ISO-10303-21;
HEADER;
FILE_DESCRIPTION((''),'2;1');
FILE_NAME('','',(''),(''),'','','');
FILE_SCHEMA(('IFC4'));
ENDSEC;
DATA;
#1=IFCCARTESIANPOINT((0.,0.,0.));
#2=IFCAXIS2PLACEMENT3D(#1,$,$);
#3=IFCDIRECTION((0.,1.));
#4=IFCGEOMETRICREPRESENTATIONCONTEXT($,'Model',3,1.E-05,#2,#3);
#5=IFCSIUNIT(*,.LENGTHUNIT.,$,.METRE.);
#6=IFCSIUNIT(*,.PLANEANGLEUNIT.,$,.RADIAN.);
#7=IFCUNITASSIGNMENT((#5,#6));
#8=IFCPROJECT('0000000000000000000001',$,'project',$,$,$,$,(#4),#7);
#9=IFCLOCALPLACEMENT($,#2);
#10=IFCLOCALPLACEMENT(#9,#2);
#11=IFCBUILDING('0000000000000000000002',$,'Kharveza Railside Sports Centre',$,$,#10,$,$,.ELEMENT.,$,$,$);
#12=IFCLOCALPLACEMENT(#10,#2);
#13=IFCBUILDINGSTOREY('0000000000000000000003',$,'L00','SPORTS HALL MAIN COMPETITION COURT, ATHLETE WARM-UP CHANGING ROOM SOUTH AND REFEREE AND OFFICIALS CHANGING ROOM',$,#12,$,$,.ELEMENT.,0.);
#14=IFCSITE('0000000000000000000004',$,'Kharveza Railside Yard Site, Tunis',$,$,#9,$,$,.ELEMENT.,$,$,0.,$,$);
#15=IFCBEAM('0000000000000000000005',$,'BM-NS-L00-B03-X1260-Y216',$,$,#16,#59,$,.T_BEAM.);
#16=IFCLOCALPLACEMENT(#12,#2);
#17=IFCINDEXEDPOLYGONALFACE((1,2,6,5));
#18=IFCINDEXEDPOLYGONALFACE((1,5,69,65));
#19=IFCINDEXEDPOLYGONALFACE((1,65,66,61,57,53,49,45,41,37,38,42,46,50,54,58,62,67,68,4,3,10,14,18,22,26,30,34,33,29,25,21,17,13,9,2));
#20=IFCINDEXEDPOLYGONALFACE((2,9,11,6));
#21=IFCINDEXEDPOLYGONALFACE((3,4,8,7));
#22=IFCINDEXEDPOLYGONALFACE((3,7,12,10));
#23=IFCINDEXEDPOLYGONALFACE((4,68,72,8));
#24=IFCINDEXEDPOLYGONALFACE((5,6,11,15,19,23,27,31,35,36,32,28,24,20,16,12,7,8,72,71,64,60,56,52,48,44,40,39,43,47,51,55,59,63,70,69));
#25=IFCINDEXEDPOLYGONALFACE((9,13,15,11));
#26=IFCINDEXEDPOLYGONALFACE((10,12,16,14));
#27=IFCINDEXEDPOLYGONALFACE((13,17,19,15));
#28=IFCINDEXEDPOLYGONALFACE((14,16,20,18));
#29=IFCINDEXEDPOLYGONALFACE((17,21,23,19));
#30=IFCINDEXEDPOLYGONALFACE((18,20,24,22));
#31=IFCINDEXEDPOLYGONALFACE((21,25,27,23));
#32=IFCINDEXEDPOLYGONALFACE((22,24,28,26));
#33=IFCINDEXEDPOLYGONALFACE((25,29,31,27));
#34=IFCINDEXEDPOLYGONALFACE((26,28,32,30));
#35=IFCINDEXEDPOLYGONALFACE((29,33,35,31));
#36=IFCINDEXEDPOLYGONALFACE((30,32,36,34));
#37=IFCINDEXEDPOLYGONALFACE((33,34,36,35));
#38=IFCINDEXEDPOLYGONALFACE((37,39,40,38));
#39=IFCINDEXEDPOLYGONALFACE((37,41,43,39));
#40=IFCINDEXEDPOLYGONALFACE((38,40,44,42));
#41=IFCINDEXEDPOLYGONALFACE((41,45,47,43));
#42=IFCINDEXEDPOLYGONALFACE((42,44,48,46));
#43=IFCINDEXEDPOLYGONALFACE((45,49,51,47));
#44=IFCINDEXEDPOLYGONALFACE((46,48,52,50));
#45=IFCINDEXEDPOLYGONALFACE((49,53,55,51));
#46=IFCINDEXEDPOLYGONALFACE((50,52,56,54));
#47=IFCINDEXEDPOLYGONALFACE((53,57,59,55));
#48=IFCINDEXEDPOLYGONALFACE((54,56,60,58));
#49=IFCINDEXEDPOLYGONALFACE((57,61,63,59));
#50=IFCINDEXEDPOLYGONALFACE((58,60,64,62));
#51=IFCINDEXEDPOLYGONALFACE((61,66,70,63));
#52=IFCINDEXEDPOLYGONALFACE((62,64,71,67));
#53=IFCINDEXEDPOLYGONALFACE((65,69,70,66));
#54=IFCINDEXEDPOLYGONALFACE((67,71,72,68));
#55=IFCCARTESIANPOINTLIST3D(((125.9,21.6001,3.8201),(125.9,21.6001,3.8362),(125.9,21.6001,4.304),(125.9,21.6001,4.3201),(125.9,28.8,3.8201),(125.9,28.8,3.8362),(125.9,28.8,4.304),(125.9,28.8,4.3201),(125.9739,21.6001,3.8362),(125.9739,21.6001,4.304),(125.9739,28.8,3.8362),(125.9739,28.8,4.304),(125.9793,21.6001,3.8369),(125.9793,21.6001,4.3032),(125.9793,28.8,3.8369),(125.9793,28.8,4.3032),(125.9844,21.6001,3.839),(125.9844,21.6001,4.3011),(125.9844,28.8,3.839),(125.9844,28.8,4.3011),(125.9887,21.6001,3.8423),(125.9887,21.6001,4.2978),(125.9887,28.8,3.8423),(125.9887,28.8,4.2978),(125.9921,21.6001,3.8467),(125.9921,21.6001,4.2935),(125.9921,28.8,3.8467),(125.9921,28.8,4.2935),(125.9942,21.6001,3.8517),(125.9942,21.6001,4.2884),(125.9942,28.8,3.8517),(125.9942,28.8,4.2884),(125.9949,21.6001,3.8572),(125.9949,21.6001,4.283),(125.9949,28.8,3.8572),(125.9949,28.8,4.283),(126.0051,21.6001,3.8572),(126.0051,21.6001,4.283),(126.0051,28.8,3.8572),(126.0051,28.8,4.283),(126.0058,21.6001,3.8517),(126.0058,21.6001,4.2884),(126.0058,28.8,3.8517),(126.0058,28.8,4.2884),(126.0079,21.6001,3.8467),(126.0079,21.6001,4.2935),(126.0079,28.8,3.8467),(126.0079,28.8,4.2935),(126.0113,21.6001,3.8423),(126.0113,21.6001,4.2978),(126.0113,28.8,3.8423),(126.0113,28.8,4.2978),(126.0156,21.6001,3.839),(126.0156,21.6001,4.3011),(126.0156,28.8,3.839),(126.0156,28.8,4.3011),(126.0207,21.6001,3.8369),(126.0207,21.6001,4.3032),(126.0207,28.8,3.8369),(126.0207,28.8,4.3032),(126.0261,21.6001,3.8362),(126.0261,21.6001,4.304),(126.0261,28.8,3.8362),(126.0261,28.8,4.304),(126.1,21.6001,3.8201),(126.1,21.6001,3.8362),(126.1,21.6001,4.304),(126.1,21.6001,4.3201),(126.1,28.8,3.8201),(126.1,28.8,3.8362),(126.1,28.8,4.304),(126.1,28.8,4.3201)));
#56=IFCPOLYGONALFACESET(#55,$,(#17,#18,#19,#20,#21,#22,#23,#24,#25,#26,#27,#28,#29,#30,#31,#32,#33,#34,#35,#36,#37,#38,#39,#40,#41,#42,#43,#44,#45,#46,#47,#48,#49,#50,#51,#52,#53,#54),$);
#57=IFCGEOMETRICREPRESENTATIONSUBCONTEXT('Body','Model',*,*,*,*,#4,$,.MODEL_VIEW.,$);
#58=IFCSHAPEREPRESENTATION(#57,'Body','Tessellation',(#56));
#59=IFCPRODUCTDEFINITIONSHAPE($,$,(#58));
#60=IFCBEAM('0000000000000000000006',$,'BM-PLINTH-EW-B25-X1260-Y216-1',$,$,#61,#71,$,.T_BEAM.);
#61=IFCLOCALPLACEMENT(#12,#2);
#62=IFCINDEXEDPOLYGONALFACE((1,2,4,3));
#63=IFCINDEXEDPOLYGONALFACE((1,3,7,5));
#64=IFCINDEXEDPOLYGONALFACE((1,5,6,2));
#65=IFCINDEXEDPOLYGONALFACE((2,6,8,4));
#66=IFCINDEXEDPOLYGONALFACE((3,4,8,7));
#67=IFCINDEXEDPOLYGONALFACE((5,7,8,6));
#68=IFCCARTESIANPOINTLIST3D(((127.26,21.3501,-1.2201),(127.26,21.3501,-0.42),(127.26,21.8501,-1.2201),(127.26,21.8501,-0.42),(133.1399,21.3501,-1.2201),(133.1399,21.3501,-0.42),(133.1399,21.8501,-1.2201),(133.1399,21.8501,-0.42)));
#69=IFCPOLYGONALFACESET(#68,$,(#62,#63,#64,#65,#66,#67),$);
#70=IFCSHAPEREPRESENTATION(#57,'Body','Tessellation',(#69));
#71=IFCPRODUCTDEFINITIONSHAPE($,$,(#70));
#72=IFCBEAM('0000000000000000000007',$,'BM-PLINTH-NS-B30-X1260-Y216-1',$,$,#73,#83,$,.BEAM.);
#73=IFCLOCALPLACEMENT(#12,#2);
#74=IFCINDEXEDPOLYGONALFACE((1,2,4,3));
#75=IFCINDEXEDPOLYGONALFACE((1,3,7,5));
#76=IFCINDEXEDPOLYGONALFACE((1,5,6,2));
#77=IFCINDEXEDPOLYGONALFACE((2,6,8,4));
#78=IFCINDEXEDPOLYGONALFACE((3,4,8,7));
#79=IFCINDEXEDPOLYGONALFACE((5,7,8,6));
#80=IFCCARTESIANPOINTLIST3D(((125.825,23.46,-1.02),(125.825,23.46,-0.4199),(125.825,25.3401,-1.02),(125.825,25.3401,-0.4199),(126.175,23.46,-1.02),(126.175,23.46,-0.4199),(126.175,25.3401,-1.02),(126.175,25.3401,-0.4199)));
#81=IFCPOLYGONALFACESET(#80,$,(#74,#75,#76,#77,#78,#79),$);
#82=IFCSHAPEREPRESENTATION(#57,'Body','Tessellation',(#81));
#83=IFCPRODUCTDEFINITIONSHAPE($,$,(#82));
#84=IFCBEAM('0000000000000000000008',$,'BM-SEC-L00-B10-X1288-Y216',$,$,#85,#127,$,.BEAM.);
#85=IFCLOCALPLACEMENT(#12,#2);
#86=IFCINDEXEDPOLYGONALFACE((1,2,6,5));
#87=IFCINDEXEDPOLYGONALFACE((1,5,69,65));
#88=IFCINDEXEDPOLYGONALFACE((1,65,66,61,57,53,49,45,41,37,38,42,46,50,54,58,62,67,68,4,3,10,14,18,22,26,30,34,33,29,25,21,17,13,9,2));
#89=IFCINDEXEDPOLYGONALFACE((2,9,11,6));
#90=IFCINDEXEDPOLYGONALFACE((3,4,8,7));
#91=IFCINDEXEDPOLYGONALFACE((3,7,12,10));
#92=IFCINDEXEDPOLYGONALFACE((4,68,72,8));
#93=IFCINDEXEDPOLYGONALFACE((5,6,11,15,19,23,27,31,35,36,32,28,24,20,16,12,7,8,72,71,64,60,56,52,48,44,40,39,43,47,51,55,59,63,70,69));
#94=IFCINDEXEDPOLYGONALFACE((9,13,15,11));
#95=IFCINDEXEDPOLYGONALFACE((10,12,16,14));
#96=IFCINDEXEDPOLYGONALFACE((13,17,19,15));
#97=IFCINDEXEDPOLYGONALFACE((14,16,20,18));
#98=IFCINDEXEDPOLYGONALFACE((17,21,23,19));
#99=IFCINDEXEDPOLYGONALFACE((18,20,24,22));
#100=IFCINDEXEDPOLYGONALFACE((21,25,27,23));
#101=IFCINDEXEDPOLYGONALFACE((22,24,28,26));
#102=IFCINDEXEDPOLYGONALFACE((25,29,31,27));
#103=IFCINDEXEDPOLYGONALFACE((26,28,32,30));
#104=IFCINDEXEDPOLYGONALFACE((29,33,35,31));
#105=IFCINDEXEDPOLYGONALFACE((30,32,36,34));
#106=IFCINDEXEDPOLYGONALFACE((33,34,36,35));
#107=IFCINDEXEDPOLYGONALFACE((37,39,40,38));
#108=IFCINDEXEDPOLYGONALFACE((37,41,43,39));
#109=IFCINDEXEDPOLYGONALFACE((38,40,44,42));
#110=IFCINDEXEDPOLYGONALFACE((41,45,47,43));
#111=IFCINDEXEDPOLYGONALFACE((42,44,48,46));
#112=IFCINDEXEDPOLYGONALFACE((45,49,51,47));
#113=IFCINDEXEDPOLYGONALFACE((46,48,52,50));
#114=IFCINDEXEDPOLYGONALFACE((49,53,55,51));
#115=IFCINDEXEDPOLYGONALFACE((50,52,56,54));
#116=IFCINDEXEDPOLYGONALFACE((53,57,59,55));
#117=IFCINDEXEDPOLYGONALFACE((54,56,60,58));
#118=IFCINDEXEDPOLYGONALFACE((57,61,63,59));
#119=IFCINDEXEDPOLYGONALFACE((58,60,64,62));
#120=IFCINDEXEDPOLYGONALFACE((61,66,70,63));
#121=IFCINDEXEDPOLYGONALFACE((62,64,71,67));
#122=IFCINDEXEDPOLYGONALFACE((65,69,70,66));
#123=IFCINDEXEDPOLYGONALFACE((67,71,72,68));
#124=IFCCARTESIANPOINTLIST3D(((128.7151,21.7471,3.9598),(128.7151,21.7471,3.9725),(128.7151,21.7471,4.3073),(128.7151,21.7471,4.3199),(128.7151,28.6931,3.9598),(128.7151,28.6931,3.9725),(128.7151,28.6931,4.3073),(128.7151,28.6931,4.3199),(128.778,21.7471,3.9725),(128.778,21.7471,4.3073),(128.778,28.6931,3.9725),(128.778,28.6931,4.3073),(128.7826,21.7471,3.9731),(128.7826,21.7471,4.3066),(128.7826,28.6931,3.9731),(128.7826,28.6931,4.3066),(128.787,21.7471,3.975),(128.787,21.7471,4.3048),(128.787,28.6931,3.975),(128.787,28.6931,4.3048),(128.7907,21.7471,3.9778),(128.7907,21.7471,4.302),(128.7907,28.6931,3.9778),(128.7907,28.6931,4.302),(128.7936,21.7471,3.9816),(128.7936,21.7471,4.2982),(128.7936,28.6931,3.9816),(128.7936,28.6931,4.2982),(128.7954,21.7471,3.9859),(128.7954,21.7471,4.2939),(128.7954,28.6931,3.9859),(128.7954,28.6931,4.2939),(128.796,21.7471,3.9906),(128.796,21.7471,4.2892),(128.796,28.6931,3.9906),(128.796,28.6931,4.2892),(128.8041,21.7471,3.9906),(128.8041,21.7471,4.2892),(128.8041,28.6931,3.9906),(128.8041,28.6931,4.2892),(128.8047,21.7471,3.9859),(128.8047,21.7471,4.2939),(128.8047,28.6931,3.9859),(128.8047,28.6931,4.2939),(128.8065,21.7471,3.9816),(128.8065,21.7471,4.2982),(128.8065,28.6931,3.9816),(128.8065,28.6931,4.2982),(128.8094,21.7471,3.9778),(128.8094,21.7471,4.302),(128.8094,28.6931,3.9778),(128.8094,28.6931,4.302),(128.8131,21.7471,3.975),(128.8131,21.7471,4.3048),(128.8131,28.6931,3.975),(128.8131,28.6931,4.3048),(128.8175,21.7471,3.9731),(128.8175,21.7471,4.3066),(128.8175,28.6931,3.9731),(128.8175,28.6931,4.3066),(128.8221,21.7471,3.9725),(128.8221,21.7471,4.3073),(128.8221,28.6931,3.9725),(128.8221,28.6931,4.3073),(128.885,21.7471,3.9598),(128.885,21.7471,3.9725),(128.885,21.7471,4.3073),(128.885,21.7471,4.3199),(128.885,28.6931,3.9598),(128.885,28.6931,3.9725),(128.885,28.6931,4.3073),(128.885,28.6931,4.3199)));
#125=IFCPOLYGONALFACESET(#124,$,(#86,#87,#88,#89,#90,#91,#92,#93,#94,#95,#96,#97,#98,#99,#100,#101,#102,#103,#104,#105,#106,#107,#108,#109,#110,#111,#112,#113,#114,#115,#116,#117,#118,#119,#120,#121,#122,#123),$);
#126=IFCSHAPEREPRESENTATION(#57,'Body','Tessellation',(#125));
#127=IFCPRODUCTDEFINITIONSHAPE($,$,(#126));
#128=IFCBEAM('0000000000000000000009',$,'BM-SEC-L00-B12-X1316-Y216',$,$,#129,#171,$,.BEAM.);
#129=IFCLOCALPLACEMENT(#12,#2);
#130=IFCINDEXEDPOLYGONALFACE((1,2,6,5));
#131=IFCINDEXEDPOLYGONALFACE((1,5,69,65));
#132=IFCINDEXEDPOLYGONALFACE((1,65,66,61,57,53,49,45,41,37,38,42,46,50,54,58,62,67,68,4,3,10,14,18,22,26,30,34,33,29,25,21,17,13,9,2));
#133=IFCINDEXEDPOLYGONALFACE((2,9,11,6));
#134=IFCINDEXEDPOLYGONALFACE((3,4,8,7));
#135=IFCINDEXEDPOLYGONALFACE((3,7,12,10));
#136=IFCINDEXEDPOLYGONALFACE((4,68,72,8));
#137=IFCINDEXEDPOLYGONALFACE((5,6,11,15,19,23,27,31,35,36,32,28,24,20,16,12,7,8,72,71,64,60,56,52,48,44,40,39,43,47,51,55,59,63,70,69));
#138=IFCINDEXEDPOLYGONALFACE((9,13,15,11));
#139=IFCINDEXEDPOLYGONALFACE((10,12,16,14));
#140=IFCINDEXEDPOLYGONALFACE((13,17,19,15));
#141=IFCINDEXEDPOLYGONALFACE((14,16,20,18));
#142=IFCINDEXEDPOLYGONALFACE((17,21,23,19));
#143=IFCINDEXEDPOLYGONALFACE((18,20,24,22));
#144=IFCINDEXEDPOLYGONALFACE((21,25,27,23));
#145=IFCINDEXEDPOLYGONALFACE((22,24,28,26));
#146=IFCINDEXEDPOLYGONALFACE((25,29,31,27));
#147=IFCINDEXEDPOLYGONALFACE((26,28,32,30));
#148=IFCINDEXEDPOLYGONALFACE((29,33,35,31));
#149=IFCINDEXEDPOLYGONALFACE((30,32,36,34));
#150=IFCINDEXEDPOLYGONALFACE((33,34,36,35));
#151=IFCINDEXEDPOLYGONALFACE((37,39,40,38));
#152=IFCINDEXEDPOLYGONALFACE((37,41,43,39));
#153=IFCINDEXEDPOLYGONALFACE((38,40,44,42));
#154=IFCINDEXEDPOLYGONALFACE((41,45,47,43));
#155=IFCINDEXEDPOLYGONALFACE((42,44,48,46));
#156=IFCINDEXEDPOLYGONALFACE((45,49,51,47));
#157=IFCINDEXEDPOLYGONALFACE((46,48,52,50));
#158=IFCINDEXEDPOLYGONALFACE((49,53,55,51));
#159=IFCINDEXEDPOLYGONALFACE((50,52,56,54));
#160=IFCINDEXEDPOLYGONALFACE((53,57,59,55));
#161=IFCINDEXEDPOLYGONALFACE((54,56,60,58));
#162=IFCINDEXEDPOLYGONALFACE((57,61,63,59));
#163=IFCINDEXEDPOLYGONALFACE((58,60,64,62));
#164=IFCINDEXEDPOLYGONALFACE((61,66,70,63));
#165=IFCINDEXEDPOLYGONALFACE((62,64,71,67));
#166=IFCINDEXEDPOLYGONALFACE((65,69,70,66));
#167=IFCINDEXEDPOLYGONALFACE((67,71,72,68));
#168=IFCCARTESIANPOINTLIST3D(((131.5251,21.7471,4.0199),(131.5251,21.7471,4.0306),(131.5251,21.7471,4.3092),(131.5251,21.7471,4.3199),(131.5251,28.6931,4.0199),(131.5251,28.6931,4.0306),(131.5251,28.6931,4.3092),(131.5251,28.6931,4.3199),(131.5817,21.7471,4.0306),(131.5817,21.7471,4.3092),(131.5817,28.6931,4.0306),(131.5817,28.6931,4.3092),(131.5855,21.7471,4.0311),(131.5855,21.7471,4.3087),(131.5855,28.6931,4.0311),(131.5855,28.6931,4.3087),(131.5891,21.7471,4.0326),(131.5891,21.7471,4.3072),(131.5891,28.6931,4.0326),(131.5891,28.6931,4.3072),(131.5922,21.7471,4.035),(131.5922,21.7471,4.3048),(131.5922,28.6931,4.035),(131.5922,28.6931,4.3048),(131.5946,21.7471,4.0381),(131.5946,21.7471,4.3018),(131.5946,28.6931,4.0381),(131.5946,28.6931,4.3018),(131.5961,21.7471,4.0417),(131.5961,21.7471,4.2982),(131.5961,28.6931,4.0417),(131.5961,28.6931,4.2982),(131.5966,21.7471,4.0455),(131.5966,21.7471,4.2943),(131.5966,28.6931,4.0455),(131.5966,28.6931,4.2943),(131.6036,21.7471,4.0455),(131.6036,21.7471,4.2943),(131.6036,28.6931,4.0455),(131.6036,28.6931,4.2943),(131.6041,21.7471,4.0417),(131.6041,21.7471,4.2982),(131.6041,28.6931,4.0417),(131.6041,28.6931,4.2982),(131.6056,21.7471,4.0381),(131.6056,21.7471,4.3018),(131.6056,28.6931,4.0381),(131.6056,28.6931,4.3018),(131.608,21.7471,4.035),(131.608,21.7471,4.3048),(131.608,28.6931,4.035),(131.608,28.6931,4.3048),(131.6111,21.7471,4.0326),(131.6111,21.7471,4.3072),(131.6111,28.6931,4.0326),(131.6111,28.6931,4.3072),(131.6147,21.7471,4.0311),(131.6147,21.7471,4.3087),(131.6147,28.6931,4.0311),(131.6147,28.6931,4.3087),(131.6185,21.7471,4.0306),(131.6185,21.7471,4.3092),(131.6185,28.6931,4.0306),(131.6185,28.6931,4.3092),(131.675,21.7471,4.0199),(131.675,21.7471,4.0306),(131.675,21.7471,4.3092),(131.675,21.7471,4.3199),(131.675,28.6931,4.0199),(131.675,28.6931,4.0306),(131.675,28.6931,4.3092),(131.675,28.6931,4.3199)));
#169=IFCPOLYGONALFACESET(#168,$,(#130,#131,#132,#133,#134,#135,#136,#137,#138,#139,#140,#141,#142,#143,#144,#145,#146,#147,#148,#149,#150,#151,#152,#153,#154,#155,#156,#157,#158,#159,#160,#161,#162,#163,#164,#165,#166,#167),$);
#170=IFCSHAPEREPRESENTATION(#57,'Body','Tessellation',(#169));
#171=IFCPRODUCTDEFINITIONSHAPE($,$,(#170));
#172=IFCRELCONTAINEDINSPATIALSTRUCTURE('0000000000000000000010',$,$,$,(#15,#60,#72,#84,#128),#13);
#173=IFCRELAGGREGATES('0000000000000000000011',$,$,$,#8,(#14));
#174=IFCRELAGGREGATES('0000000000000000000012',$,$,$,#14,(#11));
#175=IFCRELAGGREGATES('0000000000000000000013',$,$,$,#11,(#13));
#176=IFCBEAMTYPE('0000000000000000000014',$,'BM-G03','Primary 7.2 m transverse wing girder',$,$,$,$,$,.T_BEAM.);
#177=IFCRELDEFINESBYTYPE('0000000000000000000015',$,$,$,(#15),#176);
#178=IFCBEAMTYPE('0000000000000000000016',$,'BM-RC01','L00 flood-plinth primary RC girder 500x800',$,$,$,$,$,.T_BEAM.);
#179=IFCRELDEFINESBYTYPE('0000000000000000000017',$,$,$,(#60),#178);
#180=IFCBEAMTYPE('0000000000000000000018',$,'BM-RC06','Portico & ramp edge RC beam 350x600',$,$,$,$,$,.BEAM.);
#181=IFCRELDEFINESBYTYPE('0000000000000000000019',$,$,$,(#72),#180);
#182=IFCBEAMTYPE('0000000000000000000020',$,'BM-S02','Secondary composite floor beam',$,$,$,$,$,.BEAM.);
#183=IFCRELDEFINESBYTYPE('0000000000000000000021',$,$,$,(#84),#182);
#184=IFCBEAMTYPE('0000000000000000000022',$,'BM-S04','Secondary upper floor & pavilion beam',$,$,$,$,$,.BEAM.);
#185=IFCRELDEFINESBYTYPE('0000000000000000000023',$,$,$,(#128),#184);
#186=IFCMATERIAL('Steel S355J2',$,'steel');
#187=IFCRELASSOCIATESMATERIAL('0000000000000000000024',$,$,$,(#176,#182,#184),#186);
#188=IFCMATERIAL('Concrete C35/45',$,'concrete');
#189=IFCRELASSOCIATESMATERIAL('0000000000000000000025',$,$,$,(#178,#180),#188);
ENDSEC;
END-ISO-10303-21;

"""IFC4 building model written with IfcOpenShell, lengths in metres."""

from ifc_helpers import new_model, si_unit, direction, frame, origin, origin_2d, place, context, subcontext, project, spatial, rectangle, i_section, extrude, material, material_profile, profile_set, type_object, element, save


model = new_model("IFC4")

# Units and contexts
model_context = context("Model", 3, precision=1e-05, world=origin(), true_north=direction((0.0, 1.0)))
body_context = subcontext(model_context, "Body", "Model", "MODEL_VIEW")
ifc_project = project(units=[si_unit("LENGTHUNIT", "METRE"), si_unit("PLANEANGLEUNIT", "RADIAN")], contexts=[model_context])

# Site, building, storey
site_placement = place(None, origin())
site = spatial("IfcSite", under=ifc_project, at=site_placement, Name="Kharveza Railside Yard Site, Tunis", CompositionType="ELEMENT", RefElevation=0.0)
building_placement = place(site_placement, origin())
building = spatial("IfcBuilding", under=site, at=building_placement, Name="Kharveza Railside Sports Centre", CompositionType="ELEMENT")
storey_placement = place(building_placement, origin())
storey = spatial("IfcBuildingStorey", under=building, at=storey_placement, Name="L00", Description="SPORTS HALL MAIN COMPETITION COURT, ATHLETE WARM-UP CHANGING ROOM SOUTH AND REFEREE AND OFFICIALS CHANGING ROOM", CompositionType="ELEMENT", Elevation=0.0)

# Shared definitions
ifc_material_1 = material(Name="Concrete C35/45", Category="concrete")

# Shared definitions
ifc_material_2 = material(Name="Steel S355J2", Category="steel")

# Beams
ifc_material_profile_1 = material_profile(ifc_material_2, i_section(OverallWidth=0.2, OverallDepth=0.5, WebThickness=0.0103, FlangeThickness=0.0161, FilletRadius=0.021, at=origin_2d()), Name="IPE 500")
ifc_profile_set_1 = profile_set([ifc_material_profile_1], Name="Steel S355J2")
beam_type_1 = type_object("IfcBeamType", Name="BM-G03", Description="Primary 7.2 m transverse wing girder", PredefinedType="T_BEAM", material=ifc_profile_set_1)
beam_1_placement = place(storey_placement, frame((126.0, 21.6001, 4.0701), z_axis=(0.0, 1.0, 0.0), x_axis=(-1.0, 0.0, 0.0)))
element("IfcBeam", 1, at=beam_1_placement, inside=storey, type_object=beam_type_1, Name="BM-NS-L00-B03-X1260-Y216", PredefinedType="T_BEAM", context=body_context, shape_type="SweptSolid", body=[
    extrude(i_section(OverallWidth=0.2, OverallDepth=0.5, WebThickness=0.0103, FlangeThickness=0.0161, FilletRadius=0.021, at=origin_2d()), origin(), (0.0, 0.0, 1.0), 7.2),
])
ifc_material_profile_2 = material_profile(ifc_material_1, rectangle(XDim=0.5, YDim=0.8, at=origin_2d()), Name="RCB 500x800")
ifc_profile_set_2 = profile_set([ifc_material_profile_2], Name="Concrete C35/45")
beam_type_2 = type_object("IfcBeamType", Name="BM-RC01", Description="L00 flood-plinth primary RC girder 500x800", PredefinedType="T_BEAM", material=ifc_profile_set_2)
beam_2_placement = place(storey_placement, frame((127.26, 21.6001, -0.8201), z_axis=(1.0, 0.0, 0.0), x_axis=(0.0, 1.0, 0.0)))
element("IfcBeam", 2, at=beam_2_placement, inside=storey, type_object=beam_type_2, Name="BM-PLINTH-EW-B25-X1260-Y216-1", PredefinedType="T_BEAM", context=body_context, shape_type="SweptSolid", body=[
    extrude(rectangle(XDim=0.5, YDim=0.8, at=origin_2d()), origin(), (0.0, 0.0, 1.0), 5.8799),
])
ifc_material_profile_3 = material_profile(ifc_material_1, rectangle(XDim=0.3501, YDim=0.6001, at=origin_2d()), Name="RCB 350x600")
ifc_profile_set_3 = profile_set([ifc_material_profile_3], Name="Concrete C35/45")
beam_type_3 = type_object("IfcBeamType", Name="BM-RC06", Description="Portico & ramp edge RC beam 350x600", PredefinedType="BEAM", material=ifc_profile_set_3)
beam_3_placement = place(storey_placement, frame((126.0, 23.46, -0.72), z_axis=(0.0, 1.0, 0.0), x_axis=(-1.0, 0.0, 0.0)))
element("IfcBeam", 3, at=beam_3_placement, inside=storey, type_object=beam_type_3, Name="BM-PLINTH-NS-B30-X1260-Y216-1", PredefinedType="BEAM", context=body_context, shape_type="SweptSolid", body=[
    extrude(rectangle(XDim=0.3501, YDim=0.6001, at=origin_2d()), origin(), (0.0, 0.0, 1.0), 1.8801),
])
ifc_material_profile_4 = material_profile(ifc_material_2, i_section(OverallWidth=0.1699, OverallDepth=0.3601, WebThickness=0.0081, FlangeThickness=0.0127, FilletRadius=0.0181, at=origin_2d()), Name="IPE 360")
ifc_profile_set_4 = profile_set([ifc_material_profile_4], Name="Steel S355J2")
beam_type_4 = type_object("IfcBeamType", Name="BM-S02", Description="Secondary composite floor beam", PredefinedType="BEAM", material=ifc_profile_set_4)
beam_4_placement = place(storey_placement, frame((128.8, 21.7471, 4.1399), z_axis=(0.0, 1.0, 0.0), x_axis=(-1.0, 0.0, 0.0)))
element("IfcBeam", 4, at=beam_4_placement, inside=storey, type_object=beam_type_4, Name="BM-SEC-L00-B10-X1288-Y216", PredefinedType="BEAM", context=body_context, shape_type="SweptSolid", body=[
    extrude(i_section(OverallWidth=0.1699, OverallDepth=0.3601, WebThickness=0.0081, FlangeThickness=0.0127, FilletRadius=0.0181, at=origin_2d()), origin(), (0.0, 0.0, 1.0), 6.946),
])
ifc_material_profile_5 = material_profile(ifc_material_2, i_section(OverallWidth=0.1499, OverallDepth=0.3, WebThickness=0.0071, FlangeThickness=0.0107, FilletRadius=0.0149, at=origin_2d()), Name="IPE 300")
ifc_profile_set_5 = profile_set([ifc_material_profile_5], Name="Steel S355J2")
beam_type_5 = type_object("IfcBeamType", Name="BM-S04", Description="Secondary upper floor & pavilion beam", PredefinedType="BEAM", material=ifc_profile_set_5)
beam_5_placement = place(storey_placement, frame((131.6001, 21.7471, 4.1699), z_axis=(0.0, 1.0, 0.0), x_axis=(-1.0, 0.0, 0.0)))
element("IfcBeam", 5, at=beam_5_placement, inside=storey, type_object=beam_type_5, Name="BM-SEC-L00-B12-X1316-Y216", PredefinedType="BEAM", context=body_context, shape_type="SweptSolid", body=[
    extrude(i_section(OverallWidth=0.1499, OverallDepth=0.3, WebThickness=0.0071, FlangeThickness=0.0107, FilletRadius=0.0149, at=origin_2d()), origin(), (0.0, 0.0, 1.0), 6.946),
])

save(model, "model.ifc")
